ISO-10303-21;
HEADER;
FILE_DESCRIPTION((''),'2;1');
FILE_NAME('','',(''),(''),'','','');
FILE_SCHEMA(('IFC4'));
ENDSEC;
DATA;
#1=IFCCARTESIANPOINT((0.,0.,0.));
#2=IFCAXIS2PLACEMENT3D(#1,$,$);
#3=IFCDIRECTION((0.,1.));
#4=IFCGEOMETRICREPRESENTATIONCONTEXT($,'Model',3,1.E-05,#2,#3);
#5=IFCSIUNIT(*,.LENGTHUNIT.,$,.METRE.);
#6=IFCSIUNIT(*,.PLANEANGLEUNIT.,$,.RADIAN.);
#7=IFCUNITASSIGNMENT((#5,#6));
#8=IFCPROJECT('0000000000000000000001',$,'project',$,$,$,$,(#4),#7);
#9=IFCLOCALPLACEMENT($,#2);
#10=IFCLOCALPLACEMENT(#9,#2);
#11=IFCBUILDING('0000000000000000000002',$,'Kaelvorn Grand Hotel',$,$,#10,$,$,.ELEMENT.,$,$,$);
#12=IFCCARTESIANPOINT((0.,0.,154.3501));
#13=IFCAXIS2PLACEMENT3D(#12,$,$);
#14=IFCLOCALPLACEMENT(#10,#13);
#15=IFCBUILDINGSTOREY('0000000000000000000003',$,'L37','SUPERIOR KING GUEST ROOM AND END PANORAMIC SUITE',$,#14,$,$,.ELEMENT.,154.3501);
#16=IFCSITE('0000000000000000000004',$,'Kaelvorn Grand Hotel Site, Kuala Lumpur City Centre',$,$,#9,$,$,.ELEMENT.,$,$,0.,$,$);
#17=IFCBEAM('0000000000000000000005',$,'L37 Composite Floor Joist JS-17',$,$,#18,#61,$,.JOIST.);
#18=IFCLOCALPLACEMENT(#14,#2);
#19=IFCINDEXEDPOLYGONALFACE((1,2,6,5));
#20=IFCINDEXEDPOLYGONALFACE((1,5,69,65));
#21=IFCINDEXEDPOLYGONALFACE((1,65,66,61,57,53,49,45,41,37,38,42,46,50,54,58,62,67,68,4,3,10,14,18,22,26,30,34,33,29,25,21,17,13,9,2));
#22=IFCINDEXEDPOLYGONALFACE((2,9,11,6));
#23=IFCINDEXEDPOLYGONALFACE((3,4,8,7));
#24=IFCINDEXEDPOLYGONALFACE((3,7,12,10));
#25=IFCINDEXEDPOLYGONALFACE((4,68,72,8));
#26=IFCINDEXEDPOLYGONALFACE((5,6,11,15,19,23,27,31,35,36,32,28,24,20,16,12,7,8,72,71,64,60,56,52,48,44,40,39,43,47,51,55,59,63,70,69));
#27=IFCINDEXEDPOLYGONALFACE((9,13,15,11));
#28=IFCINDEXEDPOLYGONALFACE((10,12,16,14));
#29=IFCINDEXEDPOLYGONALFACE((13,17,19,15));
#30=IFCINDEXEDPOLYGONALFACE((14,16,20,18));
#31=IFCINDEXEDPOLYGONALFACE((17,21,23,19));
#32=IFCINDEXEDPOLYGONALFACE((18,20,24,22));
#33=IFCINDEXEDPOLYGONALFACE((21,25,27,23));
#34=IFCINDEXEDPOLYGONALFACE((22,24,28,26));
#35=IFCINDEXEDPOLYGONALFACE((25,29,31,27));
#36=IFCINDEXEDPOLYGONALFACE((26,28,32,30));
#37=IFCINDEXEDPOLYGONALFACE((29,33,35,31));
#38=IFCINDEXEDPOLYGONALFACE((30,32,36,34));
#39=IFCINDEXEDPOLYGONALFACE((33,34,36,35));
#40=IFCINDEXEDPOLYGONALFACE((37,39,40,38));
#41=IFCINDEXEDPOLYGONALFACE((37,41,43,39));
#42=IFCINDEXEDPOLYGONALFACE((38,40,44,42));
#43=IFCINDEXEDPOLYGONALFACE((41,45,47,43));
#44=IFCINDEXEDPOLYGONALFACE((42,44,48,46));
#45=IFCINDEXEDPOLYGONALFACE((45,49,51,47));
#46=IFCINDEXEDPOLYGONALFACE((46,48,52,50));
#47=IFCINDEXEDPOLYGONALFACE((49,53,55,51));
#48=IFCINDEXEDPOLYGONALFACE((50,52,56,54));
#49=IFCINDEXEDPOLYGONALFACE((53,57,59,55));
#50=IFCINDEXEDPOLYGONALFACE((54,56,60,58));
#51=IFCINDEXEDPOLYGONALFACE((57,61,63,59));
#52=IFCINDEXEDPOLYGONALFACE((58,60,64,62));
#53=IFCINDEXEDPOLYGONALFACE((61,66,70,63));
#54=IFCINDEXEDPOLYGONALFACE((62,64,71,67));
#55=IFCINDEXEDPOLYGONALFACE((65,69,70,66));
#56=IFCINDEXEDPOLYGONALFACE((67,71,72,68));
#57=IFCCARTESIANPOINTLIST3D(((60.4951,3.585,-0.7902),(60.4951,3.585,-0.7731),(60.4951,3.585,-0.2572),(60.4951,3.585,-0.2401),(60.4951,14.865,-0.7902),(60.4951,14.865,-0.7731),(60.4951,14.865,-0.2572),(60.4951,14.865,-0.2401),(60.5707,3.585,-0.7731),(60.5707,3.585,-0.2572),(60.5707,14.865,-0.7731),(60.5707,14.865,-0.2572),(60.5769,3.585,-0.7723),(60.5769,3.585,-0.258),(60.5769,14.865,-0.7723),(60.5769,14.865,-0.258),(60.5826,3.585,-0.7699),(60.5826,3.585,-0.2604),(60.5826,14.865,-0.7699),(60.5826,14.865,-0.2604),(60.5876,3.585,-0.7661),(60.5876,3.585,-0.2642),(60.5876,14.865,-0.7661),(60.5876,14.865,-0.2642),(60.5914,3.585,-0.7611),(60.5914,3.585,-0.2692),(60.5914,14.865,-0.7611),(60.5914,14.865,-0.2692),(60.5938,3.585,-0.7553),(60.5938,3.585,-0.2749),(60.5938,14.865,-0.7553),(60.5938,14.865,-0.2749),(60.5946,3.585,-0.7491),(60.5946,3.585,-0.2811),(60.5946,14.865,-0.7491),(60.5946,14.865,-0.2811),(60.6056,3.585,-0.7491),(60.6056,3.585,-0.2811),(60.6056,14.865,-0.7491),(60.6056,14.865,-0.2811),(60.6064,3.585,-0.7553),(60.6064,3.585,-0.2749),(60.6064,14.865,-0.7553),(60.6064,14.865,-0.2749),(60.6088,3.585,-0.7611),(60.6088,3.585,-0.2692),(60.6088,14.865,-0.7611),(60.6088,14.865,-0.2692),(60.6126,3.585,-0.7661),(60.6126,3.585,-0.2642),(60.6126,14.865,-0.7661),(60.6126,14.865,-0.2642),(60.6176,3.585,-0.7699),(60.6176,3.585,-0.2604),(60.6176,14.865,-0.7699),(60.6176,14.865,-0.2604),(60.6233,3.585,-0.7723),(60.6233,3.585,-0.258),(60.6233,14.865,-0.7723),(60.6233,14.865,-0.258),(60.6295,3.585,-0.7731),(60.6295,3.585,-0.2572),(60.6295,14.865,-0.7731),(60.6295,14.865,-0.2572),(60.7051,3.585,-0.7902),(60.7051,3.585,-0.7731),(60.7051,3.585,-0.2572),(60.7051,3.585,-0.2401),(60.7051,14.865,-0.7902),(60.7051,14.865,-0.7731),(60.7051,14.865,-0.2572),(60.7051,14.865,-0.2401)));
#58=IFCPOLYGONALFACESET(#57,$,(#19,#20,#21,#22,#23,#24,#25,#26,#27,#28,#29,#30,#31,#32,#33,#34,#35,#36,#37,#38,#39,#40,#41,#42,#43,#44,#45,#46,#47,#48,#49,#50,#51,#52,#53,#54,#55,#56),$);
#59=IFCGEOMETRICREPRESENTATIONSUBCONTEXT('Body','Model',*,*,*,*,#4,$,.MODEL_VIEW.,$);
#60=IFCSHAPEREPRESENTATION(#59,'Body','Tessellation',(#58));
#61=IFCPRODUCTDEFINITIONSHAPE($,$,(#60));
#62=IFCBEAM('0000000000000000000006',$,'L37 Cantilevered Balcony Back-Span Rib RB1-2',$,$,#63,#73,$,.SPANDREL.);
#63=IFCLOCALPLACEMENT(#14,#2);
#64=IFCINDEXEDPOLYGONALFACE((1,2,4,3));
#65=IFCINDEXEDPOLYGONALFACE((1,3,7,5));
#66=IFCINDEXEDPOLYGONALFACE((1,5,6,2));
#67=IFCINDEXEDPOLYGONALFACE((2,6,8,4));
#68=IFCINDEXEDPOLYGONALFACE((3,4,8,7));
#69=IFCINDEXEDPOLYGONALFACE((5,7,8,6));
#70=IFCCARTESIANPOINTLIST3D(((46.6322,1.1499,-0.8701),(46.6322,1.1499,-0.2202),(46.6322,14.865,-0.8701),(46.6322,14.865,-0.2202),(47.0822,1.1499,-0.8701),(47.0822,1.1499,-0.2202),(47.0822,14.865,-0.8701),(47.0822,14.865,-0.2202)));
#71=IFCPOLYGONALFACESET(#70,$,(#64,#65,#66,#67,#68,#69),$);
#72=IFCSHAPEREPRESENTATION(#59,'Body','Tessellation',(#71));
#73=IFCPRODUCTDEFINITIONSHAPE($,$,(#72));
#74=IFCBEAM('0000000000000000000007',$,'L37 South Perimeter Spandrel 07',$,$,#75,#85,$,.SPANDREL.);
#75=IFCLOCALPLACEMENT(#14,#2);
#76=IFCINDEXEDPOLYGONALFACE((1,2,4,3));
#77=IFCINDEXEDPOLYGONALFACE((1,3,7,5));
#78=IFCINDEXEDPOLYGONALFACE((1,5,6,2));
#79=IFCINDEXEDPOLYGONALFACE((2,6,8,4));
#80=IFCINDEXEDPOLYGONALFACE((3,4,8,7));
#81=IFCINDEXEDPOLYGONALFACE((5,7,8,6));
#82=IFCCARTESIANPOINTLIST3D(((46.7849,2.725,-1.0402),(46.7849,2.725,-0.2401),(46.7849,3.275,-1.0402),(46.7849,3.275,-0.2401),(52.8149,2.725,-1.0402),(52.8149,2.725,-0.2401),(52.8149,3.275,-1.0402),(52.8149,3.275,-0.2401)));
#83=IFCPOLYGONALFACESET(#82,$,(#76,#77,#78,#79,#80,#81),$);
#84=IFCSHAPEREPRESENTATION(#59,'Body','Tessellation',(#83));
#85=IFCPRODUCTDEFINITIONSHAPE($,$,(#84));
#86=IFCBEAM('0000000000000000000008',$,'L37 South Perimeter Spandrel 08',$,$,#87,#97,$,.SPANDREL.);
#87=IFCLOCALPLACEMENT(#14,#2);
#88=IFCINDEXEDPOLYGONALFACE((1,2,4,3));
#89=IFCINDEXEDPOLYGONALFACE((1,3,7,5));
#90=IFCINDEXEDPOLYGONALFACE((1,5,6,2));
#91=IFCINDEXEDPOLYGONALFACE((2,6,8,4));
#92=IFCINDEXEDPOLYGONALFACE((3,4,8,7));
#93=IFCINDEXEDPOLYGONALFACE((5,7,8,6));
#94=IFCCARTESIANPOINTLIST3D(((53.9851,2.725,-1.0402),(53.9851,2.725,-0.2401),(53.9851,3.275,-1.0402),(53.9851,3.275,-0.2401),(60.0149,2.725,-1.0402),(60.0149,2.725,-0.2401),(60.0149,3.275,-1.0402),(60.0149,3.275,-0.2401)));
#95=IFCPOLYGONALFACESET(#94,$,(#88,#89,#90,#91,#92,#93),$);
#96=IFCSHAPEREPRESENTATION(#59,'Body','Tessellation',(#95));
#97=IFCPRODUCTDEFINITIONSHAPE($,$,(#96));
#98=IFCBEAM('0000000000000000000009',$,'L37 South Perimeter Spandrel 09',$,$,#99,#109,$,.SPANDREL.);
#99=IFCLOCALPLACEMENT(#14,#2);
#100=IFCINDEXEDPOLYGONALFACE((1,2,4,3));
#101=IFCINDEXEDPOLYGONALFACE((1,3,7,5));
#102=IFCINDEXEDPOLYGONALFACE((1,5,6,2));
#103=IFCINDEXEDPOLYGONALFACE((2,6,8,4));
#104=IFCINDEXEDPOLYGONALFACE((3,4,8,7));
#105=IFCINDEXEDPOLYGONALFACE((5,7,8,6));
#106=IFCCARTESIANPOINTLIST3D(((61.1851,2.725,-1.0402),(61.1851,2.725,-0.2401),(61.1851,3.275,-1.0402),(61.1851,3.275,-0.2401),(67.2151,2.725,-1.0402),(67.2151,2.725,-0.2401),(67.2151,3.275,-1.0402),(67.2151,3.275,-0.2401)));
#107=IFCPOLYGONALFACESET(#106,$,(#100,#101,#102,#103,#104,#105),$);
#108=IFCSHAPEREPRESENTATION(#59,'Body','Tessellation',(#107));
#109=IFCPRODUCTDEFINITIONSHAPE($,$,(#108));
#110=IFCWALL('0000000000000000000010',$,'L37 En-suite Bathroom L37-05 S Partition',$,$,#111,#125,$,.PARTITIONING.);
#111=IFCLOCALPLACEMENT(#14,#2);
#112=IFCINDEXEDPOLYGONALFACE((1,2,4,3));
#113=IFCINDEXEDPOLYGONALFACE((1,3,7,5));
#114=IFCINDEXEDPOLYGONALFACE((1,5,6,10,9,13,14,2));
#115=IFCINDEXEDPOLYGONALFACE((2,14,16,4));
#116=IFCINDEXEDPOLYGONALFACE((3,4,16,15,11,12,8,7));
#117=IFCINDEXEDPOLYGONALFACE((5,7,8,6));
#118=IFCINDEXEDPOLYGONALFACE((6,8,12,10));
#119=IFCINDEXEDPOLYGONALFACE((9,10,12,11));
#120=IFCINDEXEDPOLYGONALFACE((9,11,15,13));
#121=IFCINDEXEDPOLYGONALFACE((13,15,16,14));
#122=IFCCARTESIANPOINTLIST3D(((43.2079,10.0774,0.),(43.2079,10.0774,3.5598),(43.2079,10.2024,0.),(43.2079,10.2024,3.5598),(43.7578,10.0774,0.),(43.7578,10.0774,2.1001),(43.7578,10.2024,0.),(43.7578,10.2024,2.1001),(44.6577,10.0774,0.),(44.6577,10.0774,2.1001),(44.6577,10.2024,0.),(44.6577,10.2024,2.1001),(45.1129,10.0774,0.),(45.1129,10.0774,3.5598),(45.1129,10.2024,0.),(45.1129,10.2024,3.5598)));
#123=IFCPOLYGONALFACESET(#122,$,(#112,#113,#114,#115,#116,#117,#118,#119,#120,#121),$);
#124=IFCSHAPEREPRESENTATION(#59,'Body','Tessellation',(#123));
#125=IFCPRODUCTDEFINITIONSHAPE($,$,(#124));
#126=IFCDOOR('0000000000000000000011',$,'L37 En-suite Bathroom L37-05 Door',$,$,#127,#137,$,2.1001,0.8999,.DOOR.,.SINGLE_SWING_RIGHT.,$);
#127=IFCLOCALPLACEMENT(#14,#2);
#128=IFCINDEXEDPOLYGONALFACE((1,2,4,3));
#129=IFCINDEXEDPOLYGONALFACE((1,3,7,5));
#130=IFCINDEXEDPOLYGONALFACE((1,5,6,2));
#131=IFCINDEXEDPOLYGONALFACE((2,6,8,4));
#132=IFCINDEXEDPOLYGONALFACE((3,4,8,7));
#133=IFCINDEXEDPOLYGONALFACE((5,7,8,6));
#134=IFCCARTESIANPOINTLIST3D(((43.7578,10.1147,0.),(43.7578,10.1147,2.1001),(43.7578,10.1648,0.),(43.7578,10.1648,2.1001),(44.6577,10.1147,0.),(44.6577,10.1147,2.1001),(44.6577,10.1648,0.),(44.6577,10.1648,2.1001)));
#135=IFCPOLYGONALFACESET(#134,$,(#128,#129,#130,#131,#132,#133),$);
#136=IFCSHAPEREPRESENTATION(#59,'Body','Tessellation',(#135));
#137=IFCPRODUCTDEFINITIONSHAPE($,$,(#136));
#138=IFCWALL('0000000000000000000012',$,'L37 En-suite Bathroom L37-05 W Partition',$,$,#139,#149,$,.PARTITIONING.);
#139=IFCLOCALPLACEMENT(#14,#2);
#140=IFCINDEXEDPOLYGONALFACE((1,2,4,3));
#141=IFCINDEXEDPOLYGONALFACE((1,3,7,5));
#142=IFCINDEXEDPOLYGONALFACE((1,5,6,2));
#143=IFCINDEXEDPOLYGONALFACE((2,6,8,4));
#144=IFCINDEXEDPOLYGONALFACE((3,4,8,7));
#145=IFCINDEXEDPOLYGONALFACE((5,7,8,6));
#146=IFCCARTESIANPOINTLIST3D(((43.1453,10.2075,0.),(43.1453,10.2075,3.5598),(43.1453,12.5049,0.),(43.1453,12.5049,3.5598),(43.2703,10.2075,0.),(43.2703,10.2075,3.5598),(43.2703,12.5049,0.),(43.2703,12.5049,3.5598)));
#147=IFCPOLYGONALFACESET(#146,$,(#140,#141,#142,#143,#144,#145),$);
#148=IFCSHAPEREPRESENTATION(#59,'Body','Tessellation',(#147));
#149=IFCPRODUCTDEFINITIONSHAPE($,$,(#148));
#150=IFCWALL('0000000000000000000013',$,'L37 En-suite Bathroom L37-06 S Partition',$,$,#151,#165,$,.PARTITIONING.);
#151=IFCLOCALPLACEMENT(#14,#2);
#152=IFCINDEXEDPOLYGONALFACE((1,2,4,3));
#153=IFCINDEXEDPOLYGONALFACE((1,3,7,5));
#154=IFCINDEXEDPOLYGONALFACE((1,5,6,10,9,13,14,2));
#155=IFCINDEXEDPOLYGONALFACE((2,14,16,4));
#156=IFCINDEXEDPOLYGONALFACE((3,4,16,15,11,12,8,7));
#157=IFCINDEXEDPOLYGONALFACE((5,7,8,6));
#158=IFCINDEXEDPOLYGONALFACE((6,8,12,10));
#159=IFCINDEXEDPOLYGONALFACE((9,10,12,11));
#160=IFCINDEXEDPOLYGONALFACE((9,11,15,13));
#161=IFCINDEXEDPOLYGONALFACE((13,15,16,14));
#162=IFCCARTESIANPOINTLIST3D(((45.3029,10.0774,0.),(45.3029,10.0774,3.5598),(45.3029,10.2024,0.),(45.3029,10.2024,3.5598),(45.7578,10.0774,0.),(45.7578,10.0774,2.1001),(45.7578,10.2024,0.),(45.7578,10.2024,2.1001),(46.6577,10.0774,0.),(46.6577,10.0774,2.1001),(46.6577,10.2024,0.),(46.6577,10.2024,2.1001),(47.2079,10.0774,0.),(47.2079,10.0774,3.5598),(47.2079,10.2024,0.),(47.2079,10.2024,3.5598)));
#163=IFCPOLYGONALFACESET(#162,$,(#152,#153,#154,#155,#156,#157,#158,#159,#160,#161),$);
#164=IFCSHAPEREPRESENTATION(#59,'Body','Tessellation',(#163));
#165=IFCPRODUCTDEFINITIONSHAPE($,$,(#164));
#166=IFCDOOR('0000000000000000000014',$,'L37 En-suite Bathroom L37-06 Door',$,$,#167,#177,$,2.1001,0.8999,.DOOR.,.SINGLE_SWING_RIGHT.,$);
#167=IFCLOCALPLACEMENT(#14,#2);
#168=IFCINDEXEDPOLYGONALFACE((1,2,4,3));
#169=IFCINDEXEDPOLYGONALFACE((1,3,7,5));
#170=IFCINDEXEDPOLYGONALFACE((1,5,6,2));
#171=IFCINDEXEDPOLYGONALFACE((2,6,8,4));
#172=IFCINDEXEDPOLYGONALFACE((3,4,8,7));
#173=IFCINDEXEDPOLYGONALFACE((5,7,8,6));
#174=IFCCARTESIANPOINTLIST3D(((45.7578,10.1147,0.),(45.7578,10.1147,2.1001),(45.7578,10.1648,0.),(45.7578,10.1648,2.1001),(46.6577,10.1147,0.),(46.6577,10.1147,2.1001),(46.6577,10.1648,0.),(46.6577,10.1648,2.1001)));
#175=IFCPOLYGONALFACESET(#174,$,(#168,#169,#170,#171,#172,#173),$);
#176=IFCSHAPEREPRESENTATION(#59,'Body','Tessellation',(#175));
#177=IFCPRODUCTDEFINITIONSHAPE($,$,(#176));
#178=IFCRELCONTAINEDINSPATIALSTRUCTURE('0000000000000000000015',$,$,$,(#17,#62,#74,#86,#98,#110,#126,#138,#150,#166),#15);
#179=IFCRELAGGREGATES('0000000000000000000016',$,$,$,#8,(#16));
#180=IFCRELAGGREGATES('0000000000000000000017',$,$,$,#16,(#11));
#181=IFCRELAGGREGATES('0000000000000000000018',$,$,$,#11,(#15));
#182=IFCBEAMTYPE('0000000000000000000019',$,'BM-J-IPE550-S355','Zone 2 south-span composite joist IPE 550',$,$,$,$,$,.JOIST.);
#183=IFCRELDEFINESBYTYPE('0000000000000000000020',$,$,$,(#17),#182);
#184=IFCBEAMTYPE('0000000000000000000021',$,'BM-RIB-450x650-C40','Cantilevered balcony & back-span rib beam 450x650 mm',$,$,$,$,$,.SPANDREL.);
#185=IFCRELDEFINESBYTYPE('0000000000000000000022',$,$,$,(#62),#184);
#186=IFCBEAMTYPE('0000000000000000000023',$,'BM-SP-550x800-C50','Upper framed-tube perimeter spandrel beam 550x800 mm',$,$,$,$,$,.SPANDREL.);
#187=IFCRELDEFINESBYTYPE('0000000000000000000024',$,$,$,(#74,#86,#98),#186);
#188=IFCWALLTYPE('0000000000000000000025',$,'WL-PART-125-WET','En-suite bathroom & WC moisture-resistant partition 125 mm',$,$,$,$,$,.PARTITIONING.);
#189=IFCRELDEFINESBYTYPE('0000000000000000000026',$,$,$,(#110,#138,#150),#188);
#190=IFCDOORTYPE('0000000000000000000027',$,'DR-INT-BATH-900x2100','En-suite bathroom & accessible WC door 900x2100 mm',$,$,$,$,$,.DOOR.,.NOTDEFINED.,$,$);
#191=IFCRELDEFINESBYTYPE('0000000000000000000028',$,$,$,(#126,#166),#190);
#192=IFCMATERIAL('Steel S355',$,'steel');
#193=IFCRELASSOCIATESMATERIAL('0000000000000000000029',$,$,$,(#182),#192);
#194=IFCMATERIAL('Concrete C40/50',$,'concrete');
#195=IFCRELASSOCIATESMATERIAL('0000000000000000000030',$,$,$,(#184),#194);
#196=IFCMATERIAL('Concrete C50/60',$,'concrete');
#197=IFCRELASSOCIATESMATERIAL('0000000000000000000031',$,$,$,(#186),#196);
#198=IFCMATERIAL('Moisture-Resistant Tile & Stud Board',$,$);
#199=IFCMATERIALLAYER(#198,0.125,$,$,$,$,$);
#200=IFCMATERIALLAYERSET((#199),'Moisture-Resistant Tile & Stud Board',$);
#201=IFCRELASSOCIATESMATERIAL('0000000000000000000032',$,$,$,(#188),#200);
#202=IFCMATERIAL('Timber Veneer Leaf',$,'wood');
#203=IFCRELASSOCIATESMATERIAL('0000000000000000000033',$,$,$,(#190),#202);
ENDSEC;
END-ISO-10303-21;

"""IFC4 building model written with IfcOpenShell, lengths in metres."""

from ifc_helpers import new_model, si_unit, direction, frame, frame_2d, origin, origin_2d, place, context, subcontext, project, spatial, rectangle, i_section, extrude, material, layer, layer_set, material_profile, profile_set, type_object, element, fill, save


model = new_model("IFC4")

# Units and contexts
model_context = context("Model", 3, precision=1e-05, world=origin(), true_north=direction((0.0, 1.0)))
body_context = subcontext(model_context, "Body", "Model", "MODEL_VIEW")
ifc_project = project(units=[si_unit("LENGTHUNIT", "METRE"), si_unit("PLANEANGLEUNIT", "RADIAN")], contexts=[model_context])

# Site, building, storey
site_placement = place(None, origin())
site = spatial("IfcSite", under=ifc_project, at=site_placement, Name="Kaelvorn Grand Hotel Site, Kuala Lumpur City Centre", CompositionType="ELEMENT", RefElevation=0.0)
building_placement = place(site_placement, origin())
building = spatial("IfcBuilding", under=site, at=building_placement, Name="Kaelvorn Grand Hotel", CompositionType="ELEMENT")
storey_placement = place(building_placement, frame((0.0, 0.0, 154.3501)))
storey = spatial("IfcBuildingStorey", under=building, at=storey_placement, Name="L37", Description="SUPERIOR KING GUEST ROOM AND END PANORAMIC SUITE", CompositionType="ELEMENT", Elevation=154.3501)

# Beams
ifc_material_1 = material(Name="Steel S355", Category="steel")
ifc_material_profile_1 = material_profile(ifc_material_1, i_section(OverallWidth=0.21, OverallDepth=0.55, WebThickness=0.011, FlangeThickness=0.0171, FilletRadius=0.0239, at=origin_2d()), Name="IPE 550")
ifc_profile_set_1 = profile_set([ifc_material_profile_1], Name="Steel S355")
beam_type_1 = type_object("IfcBeamType", Name="BM-J-IPE550-S355", Description="Zone 2 south-span composite joist IPE 550", PredefinedType="JOIST", material=ifc_profile_set_1)
beam_1_placement = place(storey_placement, frame((60.6001, 3.585, -0.5151), z_axis=(0.0, 1.0, 0.0), x_axis=(-1.0, 0.0, 0.0)))
element("IfcBeam", 1, at=beam_1_placement, inside=storey, type_object=beam_type_1, Name="L37 Composite Floor Joist JS-17", PredefinedType="JOIST", context=body_context, shape_type="SweptSolid", body=[
    extrude(i_section(OverallWidth=0.21, OverallDepth=0.55, WebThickness=0.011, FlangeThickness=0.0171, FilletRadius=0.0239, at=origin_2d()), origin(), (0.0, 0.0, 1.0), 11.28),
])
ifc_material_2 = material(Name="Concrete C40/50", Category="concrete")
ifc_material_profile_2 = material_profile(ifc_material_2, rectangle(XDim=0.45, YDim=0.6499, at=origin_2d()), Name="RC RIB 450x650")
ifc_profile_set_2 = profile_set([ifc_material_profile_2], Name="Concrete C40/50")
beam_type_2 = type_object("IfcBeamType", Name="BM-RIB-450x650-C40", Description="Cantilevered balcony & back-span rib beam 450x650 mm", PredefinedType="SPANDREL", material=ifc_profile_set_2)
beam_2_placement = place(storey_placement, frame((46.8572, 1.1499, -0.5452), z_axis=(0.0, 1.0, 0.0), x_axis=(-1.0, 0.0, 0.0)))
element("IfcBeam", 2, at=beam_2_placement, inside=storey, type_object=beam_type_2, Name="L37 Cantilevered Balcony Back-Span Rib RB1-2", PredefinedType="SPANDREL", context=body_context, shape_type="SweptSolid", body=[
    extrude(rectangle(XDim=0.45, YDim=0.6499, at=origin_2d()), origin(), (0.0, 0.0, 1.0), 13.7151),
])
ifc_material_3 = material(Name="Concrete C50/60", Category="concrete")
ifc_material_profile_3 = material_profile(ifc_material_3, rectangle(XDim=0.55, YDim=0.8, at=origin_2d()), Name="RC SPANDREL 550x800")
ifc_profile_set_3 = profile_set([ifc_material_profile_3], Name="Concrete C50/60")
beam_type_3 = type_object("IfcBeamType", Name="BM-SP-550x800-C50", Description="Upper framed-tube perimeter spandrel beam 550x800 mm", PredefinedType="SPANDREL", material=ifc_profile_set_3)
beam_3_placement = place(storey_placement, frame((46.7849, 3.0, -0.6401), z_axis=(1.0, 0.0, 0.0), x_axis=(0.0, 1.0, 0.0)))
element("IfcBeam", 3, at=beam_3_placement, inside=storey, type_object=beam_type_3, Name="L37 South Perimeter Spandrel 07", PredefinedType="SPANDREL", context=body_context, shape_type="SweptSolid", body=[
    extrude(rectangle(XDim=0.55, YDim=0.8, at=origin_2d()), origin(), (0.0, 0.0, 1.0), 6.03),
])
beam_4_placement = place(storey_placement, frame((53.9851, 3.0, -0.6401), z_axis=(1.0, 0.0, 0.0), x_axis=(0.0, 1.0, 0.0)))
element("IfcBeam", 4, at=beam_4_placement, inside=storey, type_object=beam_type_3, Name="L37 South Perimeter Spandrel 08", PredefinedType="SPANDREL", context=body_context, shape_type="SweptSolid", body=[
    extrude(rectangle(XDim=0.55, YDim=0.8, at=origin_2d()), origin(), (0.0, 0.0, 1.0), 6.0298),
])
beam_5_placement = place(storey_placement, frame((61.1851, 3.0, -0.6401), z_axis=(1.0, 0.0, 0.0), x_axis=(0.0, 1.0, 0.0)))
element("IfcBeam", 5, at=beam_5_placement, inside=storey, type_object=beam_type_3, Name="L37 South Perimeter Spandrel 09", PredefinedType="SPANDREL", context=body_context, shape_type="SweptSolid", body=[
    extrude(rectangle(XDim=0.55, YDim=0.8, at=origin_2d()), origin(), (0.0, 0.0, 1.0), 6.03),
])

# Wall, opening, door
ifc_material_4 = material(Name="Moisture-Resistant Tile & Stud Board")
ifc_layer_1 = layer(ifc_material_4, 0.125)
ifc_layer_set_1 = layer_set([ifc_layer_1], Name="Moisture-Resistant Tile & Stud Board")
wall_type_1 = type_object("IfcWallType", Name="WL-PART-125-WET", Description="En-suite bathroom & WC moisture-resistant partition 125 mm", PredefinedType="PARTITIONING", material=ifc_layer_set_1)
wall_1_placement = place(storey_placement, frame((43.2078, 10.1399, 0.0), z_axis=(0.0, 0.0, 1.0), x_axis=(1.0, 0.0, 0.0)))
wall_1 = element("IfcWall", 6, at=wall_1_placement, inside=storey, type_object=wall_type_1, Name="L37 En-suite Bathroom L37-05 S Partition", PredefinedType="PARTITIONING", context=body_context, shape_type="SweptSolid", body=[
    extrude(rectangle(XDim=1.905, YDim=0.125, at=frame_2d((0.9526, 0.0))), origin(), (0.0, 0.0, 1.0), 3.5598),
])
opening_1_placement = place(wall_1_placement, frame((0.55, 0.0, 0.0)))
opening_1 = element("IfcOpeningElement", 7, at=opening_1_placement, cuts=wall_1, PredefinedType="OPENING", context=body_context, shape_type="SweptSolid", body=[
    extrude(rectangle(XDim=0.8999, YDim=2.1001, at=frame_2d((0.45, 1.05))), frame((0.0, 0.0725, 0.0), z_axis=(0.0, -1.0, 0.0), x_axis=(1.0, 0.0, 0.0)), (0.0, 0.0, 1.0), 0.145),
])
ifc_material_5 = material(Name="Timber Veneer Leaf", Category="wood")
door_type = type_object("IfcDoorType", Name="DR-INT-BATH-900x2100", Description="En-suite bathroom & accessible WC door 900x2100 mm", OperationType="NOTDEFINED", PredefinedType="DOOR", material=ifc_material_5)
door_1_placement = place(opening_1_placement, origin())
door_1 = element("IfcDoor", 8, at=door_1_placement, inside=storey, type_object=door_type, Name="L37 En-suite Bathroom L37-05 Door", OperationType="SINGLE_SWING_RIGHT", OverallHeight=2.1001, OverallWidth=0.8999, PredefinedType="DOOR", context=body_context, shape_type="SweptSolid", body=[
    extrude(rectangle(XDim=0.8999, YDim=2.1001, at=frame_2d((0.45, 1.05))), frame((0.0, 0.0249, 0.0), z_axis=(0.0, -1.0, 0.0), x_axis=(1.0, 0.0, 0.0)), (0.0, 0.0, 1.0), 0.05),
])
fill(opening_1, door_1)

# Wall
wall_2_placement = place(storey_placement, frame((43.2078, 10.2075, 0.0), z_axis=(0.0, 0.0, 1.0), x_axis=(0.0, 1.0, 0.0)))
element("IfcWall", 9, at=wall_2_placement, inside=storey, type_object=wall_type_1, Name="L37 En-suite Bathroom L37-05 W Partition", PredefinedType="PARTITIONING", context=body_context, shape_type="SweptSolid", body=[
    extrude(rectangle(XDim=2.2974, YDim=0.125, at=frame_2d((1.1487, 0.0))), origin(), (0.0, 0.0, 1.0), 3.5598),
])

# Wall, opening, door
wall_3_placement = place(storey_placement, frame((45.3027, 10.1399, 0.0), z_axis=(0.0, 0.0, 1.0), x_axis=(1.0, 0.0, 0.0)))
wall_3 = element("IfcWall", 10, at=wall_3_placement, inside=storey, type_object=wall_type_1, Name="L37 En-suite Bathroom L37-06 S Partition", PredefinedType="PARTITIONING", context=body_context, shape_type="SweptSolid", body=[
    extrude(rectangle(XDim=1.905, YDim=0.125, at=frame_2d((0.9526, 0.0))), origin(), (0.0, 0.0, 1.0), 3.5598),
])
opening_2_placement = place(wall_3_placement, frame((0.4551, 0.0, 0.0)))
opening_2 = element("IfcOpeningElement", 11, at=opening_2_placement, cuts=wall_3, PredefinedType="OPENING", context=body_context, shape_type="SweptSolid", body=[
    extrude(rectangle(XDim=0.8999, YDim=2.1001, at=frame_2d((0.45, 1.05))), frame((0.0, 0.0725, 0.0), z_axis=(0.0, -1.0, 0.0), x_axis=(1.0, 0.0, 0.0)), (0.0, 0.0, 1.0), 0.145),
])
door_2_placement = place(opening_2_placement, origin())
door_2 = element("IfcDoor", 12, at=door_2_placement, inside=storey, type_object=door_type, Name="L37 En-suite Bathroom L37-06 Door", OperationType="SINGLE_SWING_RIGHT", OverallHeight=2.1001, OverallWidth=0.8999, PredefinedType="DOOR", context=body_context, shape_type="SweptSolid", body=[
    extrude(rectangle(XDim=0.8999, YDim=2.1001, at=frame_2d((0.45, 1.05))), frame((0.0, 0.0249, 0.0), z_axis=(0.0, -1.0, 0.0), x_axis=(1.0, 0.0, 0.0)), (0.0, 0.0, 1.0), 0.05),
])
fill(opening_2, door_2)

save(model, "model.ifc")
